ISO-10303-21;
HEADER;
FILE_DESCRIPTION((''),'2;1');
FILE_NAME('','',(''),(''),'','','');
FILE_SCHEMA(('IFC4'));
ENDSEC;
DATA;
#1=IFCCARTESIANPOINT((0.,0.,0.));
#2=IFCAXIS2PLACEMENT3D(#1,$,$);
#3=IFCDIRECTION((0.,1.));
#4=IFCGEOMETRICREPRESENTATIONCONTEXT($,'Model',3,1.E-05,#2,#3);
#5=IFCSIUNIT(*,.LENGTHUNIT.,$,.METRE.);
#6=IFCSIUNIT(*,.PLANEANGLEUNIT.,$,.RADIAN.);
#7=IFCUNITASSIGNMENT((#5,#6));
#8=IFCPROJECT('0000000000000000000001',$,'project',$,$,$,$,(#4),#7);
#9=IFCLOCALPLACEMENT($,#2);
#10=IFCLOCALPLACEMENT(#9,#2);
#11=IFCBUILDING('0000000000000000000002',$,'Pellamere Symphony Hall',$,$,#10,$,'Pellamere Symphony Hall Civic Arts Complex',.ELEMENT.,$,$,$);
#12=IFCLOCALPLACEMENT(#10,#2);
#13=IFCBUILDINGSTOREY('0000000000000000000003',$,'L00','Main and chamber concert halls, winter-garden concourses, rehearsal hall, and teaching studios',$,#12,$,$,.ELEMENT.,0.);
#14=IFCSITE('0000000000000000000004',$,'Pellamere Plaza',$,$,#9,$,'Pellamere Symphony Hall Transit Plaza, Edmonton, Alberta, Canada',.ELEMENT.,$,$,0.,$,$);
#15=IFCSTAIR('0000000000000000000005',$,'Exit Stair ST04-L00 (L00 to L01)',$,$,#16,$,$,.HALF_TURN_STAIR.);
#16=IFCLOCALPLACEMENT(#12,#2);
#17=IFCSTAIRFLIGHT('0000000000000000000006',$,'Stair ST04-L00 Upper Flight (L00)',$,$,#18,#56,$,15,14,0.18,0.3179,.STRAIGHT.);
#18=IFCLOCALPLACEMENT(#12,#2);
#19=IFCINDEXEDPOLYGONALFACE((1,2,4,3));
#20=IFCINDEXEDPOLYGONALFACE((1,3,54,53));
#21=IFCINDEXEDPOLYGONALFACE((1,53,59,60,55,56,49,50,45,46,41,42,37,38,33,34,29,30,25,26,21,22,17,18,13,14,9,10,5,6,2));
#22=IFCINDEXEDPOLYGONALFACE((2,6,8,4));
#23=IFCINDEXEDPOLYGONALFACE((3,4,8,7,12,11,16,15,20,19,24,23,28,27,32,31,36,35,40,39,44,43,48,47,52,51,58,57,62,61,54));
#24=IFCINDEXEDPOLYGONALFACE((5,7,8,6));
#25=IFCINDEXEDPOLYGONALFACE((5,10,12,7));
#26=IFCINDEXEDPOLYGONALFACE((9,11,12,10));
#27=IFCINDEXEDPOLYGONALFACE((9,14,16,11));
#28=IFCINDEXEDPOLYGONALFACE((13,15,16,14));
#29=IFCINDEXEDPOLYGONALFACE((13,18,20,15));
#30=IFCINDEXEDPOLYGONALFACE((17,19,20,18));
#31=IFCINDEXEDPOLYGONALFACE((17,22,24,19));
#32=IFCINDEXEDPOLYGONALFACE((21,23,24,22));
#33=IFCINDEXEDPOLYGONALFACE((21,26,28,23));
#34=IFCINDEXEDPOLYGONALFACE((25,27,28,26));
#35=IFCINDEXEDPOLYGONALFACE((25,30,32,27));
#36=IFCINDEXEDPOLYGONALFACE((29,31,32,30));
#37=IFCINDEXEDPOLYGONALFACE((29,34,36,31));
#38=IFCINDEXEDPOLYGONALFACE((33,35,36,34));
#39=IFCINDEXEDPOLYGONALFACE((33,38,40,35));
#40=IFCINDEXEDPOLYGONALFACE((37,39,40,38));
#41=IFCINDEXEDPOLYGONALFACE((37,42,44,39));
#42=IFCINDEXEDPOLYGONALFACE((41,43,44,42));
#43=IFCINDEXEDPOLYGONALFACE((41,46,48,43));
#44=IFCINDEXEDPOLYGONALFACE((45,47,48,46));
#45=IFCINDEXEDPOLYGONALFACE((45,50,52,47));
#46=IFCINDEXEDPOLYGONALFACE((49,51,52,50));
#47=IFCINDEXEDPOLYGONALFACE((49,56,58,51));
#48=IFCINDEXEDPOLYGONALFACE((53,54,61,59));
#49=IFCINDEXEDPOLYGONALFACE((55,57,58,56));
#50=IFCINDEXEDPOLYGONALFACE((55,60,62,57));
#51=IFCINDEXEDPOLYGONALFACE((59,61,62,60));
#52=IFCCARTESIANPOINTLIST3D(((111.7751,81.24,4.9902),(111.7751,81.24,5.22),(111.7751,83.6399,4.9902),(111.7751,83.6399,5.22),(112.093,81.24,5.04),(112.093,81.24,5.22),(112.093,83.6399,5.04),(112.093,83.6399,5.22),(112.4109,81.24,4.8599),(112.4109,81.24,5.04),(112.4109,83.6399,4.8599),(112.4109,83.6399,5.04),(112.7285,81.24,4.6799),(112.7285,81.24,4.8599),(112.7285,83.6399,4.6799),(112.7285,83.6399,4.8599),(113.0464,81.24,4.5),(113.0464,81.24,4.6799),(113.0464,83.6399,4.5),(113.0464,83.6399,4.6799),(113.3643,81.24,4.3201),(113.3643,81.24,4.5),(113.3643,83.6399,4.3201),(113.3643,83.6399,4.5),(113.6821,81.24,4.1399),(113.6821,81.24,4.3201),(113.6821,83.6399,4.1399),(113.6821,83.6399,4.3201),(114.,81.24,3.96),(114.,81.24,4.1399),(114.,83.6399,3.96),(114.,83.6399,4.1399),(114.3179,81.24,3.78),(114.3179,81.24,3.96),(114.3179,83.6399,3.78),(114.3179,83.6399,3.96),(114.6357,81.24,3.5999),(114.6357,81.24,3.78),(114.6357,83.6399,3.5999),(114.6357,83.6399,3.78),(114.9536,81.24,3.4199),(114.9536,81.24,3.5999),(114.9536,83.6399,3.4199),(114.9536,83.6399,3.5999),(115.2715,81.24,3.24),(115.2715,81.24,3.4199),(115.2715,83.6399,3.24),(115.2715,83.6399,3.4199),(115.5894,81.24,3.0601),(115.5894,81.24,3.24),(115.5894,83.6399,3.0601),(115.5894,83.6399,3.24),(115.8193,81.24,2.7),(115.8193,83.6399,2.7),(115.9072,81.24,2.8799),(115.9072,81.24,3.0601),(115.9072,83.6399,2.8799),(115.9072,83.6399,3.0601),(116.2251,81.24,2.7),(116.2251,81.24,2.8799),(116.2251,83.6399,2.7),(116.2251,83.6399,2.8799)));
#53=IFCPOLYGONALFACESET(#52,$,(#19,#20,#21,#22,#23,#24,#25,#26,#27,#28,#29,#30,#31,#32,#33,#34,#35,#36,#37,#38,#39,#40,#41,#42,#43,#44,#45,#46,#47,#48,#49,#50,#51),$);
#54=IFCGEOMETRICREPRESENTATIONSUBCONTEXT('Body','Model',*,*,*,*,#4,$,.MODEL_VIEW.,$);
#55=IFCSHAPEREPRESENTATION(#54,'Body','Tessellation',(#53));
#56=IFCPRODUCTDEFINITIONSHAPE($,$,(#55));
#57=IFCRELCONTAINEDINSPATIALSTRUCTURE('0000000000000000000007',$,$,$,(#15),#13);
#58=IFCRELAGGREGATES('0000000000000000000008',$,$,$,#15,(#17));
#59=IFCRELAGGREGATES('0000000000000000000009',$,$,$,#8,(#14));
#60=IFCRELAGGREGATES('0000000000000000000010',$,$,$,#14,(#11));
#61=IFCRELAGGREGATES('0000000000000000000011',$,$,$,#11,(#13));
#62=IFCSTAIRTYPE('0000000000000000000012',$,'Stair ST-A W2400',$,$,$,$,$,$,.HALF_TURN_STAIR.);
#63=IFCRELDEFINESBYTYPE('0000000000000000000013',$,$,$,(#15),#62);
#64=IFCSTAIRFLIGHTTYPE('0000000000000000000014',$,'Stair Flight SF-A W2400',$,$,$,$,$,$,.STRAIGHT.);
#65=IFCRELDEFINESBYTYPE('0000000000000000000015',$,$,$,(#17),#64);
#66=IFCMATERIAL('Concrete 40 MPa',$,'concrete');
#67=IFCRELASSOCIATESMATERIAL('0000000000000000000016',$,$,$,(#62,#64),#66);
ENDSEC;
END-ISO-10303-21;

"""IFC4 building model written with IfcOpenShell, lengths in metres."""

from ifc_helpers import new_model, si_unit, direction, frame, origin, place, context, subcontext, project, spatial, polyline, outline, extrude, material, type_object, element, aggregate, save


model = new_model("IFC4")

# Units and contexts
model_context = context("Model", 3, precision=1e-05, world=origin(), true_north=direction((0.0, 1.0)))
body_context = subcontext(model_context, "Body", "Model", "MODEL_VIEW")
ifc_project = project(units=[si_unit("LENGTHUNIT", "METRE"), si_unit("PLANEANGLEUNIT", "RADIAN")], contexts=[model_context])

# Site, building, storey
site_placement = place(None, origin())
site = spatial("IfcSite", under=ifc_project, at=site_placement, Name="Pellamere Plaza", LongName="Pellamere Symphony Hall Transit Plaza, Edmonton, Alberta, Canada", CompositionType="ELEMENT", RefElevation=0.0)
building_placement = place(site_placement, origin())
building = spatial("IfcBuilding", under=site, at=building_placement, Name="Pellamere Symphony Hall", LongName="Pellamere Symphony Hall Civic Arts Complex", CompositionType="ELEMENT")
storey_placement = place(building_placement, origin())
storey = spatial("IfcBuildingStorey", under=building, at=storey_placement, Name="L00", Description="Main and chamber concert halls, winter-garden concourses, rehearsal hall, and teaching studios", CompositionType="ELEMENT", Elevation=0.0)

# Shared definitions
ifc_material_1 = material(Name="Concrete 40 MPa", Category="concrete")

# Stair, stair flight
stair_type = type_object("IfcStairType", Name="Stair ST-A W2400", PredefinedType="HALF_TURN_STAIR", material=ifc_material_1)
stair_placement = place(storey_placement, origin())
stair = element("IfcStair", 1, at=stair_placement, inside=storey, type_object=stair_type, Name="Exit Stair ST04-L00 (L00 to L01)", PredefinedType="HALF_TURN_STAIR")
stair_flight_type = type_object("IfcStairFlightType", Name="Stair Flight SF-A W2400", PredefinedType="STRAIGHT", material=ifc_material_1)
stair_flight_placement = place(storey_placement, frame((116.2251, 82.4399, 2.7), z_axis=(0.0, 0.0, 1.0), x_axis=(-1.0, 0.0, 0.0)))
stair_flight = element("IfcStairFlight", 2, at=stair_flight_placement, type_object=stair_flight_type, Name="Stair ST04-L00 Upper Flight (L00)", NumberOfRisers=15, NumberOfTreads=14, PredefinedType="STRAIGHT", RiserHeight=0.18, TreadLength=0.3179, context=body_context, shape_type="SweptSolid", body=[
    extrude(outline(polyline([(0.0, 0.0), (0.0, 0.1799), (0.3179, 0.1799), (0.3179, 0.3601), (0.6357, 0.3601), (0.6357, 0.54), (0.9536, 0.54), (0.9536, 0.72), (1.2715, 0.72), (1.2715, 0.8999), (1.5894, 0.8999), (1.5894, 1.0801), (1.9072, 1.0801), (1.9072, 1.26), (2.2251, 1.26), (2.2251, 1.4399), (2.543, 1.4399), (2.543, 1.6201), (2.8608, 1.6201), (2.8608, 1.8), (3.1787, 1.8), (3.1787, 1.98), (3.4966, 1.98), (3.4966, 2.1599), (3.8142, 2.1599), (3.8142, 2.3401), (4.1321, 2.3401), (4.1321, 2.52), (4.45, 2.52), (4.45, 2.7), (4.45, 2.2903), (0.4058, 0.0), (0.0, 0.0)])), frame((0.0, 1.2, 0.0), z_axis=(0.0, -1.0, 0.0), x_axis=(1.0, 0.0, 0.0)), (0.0, 0.0, 1.0), 2.3999),
])
aggregate(stair, [stair_flight])

save(model, "model.ifc")
